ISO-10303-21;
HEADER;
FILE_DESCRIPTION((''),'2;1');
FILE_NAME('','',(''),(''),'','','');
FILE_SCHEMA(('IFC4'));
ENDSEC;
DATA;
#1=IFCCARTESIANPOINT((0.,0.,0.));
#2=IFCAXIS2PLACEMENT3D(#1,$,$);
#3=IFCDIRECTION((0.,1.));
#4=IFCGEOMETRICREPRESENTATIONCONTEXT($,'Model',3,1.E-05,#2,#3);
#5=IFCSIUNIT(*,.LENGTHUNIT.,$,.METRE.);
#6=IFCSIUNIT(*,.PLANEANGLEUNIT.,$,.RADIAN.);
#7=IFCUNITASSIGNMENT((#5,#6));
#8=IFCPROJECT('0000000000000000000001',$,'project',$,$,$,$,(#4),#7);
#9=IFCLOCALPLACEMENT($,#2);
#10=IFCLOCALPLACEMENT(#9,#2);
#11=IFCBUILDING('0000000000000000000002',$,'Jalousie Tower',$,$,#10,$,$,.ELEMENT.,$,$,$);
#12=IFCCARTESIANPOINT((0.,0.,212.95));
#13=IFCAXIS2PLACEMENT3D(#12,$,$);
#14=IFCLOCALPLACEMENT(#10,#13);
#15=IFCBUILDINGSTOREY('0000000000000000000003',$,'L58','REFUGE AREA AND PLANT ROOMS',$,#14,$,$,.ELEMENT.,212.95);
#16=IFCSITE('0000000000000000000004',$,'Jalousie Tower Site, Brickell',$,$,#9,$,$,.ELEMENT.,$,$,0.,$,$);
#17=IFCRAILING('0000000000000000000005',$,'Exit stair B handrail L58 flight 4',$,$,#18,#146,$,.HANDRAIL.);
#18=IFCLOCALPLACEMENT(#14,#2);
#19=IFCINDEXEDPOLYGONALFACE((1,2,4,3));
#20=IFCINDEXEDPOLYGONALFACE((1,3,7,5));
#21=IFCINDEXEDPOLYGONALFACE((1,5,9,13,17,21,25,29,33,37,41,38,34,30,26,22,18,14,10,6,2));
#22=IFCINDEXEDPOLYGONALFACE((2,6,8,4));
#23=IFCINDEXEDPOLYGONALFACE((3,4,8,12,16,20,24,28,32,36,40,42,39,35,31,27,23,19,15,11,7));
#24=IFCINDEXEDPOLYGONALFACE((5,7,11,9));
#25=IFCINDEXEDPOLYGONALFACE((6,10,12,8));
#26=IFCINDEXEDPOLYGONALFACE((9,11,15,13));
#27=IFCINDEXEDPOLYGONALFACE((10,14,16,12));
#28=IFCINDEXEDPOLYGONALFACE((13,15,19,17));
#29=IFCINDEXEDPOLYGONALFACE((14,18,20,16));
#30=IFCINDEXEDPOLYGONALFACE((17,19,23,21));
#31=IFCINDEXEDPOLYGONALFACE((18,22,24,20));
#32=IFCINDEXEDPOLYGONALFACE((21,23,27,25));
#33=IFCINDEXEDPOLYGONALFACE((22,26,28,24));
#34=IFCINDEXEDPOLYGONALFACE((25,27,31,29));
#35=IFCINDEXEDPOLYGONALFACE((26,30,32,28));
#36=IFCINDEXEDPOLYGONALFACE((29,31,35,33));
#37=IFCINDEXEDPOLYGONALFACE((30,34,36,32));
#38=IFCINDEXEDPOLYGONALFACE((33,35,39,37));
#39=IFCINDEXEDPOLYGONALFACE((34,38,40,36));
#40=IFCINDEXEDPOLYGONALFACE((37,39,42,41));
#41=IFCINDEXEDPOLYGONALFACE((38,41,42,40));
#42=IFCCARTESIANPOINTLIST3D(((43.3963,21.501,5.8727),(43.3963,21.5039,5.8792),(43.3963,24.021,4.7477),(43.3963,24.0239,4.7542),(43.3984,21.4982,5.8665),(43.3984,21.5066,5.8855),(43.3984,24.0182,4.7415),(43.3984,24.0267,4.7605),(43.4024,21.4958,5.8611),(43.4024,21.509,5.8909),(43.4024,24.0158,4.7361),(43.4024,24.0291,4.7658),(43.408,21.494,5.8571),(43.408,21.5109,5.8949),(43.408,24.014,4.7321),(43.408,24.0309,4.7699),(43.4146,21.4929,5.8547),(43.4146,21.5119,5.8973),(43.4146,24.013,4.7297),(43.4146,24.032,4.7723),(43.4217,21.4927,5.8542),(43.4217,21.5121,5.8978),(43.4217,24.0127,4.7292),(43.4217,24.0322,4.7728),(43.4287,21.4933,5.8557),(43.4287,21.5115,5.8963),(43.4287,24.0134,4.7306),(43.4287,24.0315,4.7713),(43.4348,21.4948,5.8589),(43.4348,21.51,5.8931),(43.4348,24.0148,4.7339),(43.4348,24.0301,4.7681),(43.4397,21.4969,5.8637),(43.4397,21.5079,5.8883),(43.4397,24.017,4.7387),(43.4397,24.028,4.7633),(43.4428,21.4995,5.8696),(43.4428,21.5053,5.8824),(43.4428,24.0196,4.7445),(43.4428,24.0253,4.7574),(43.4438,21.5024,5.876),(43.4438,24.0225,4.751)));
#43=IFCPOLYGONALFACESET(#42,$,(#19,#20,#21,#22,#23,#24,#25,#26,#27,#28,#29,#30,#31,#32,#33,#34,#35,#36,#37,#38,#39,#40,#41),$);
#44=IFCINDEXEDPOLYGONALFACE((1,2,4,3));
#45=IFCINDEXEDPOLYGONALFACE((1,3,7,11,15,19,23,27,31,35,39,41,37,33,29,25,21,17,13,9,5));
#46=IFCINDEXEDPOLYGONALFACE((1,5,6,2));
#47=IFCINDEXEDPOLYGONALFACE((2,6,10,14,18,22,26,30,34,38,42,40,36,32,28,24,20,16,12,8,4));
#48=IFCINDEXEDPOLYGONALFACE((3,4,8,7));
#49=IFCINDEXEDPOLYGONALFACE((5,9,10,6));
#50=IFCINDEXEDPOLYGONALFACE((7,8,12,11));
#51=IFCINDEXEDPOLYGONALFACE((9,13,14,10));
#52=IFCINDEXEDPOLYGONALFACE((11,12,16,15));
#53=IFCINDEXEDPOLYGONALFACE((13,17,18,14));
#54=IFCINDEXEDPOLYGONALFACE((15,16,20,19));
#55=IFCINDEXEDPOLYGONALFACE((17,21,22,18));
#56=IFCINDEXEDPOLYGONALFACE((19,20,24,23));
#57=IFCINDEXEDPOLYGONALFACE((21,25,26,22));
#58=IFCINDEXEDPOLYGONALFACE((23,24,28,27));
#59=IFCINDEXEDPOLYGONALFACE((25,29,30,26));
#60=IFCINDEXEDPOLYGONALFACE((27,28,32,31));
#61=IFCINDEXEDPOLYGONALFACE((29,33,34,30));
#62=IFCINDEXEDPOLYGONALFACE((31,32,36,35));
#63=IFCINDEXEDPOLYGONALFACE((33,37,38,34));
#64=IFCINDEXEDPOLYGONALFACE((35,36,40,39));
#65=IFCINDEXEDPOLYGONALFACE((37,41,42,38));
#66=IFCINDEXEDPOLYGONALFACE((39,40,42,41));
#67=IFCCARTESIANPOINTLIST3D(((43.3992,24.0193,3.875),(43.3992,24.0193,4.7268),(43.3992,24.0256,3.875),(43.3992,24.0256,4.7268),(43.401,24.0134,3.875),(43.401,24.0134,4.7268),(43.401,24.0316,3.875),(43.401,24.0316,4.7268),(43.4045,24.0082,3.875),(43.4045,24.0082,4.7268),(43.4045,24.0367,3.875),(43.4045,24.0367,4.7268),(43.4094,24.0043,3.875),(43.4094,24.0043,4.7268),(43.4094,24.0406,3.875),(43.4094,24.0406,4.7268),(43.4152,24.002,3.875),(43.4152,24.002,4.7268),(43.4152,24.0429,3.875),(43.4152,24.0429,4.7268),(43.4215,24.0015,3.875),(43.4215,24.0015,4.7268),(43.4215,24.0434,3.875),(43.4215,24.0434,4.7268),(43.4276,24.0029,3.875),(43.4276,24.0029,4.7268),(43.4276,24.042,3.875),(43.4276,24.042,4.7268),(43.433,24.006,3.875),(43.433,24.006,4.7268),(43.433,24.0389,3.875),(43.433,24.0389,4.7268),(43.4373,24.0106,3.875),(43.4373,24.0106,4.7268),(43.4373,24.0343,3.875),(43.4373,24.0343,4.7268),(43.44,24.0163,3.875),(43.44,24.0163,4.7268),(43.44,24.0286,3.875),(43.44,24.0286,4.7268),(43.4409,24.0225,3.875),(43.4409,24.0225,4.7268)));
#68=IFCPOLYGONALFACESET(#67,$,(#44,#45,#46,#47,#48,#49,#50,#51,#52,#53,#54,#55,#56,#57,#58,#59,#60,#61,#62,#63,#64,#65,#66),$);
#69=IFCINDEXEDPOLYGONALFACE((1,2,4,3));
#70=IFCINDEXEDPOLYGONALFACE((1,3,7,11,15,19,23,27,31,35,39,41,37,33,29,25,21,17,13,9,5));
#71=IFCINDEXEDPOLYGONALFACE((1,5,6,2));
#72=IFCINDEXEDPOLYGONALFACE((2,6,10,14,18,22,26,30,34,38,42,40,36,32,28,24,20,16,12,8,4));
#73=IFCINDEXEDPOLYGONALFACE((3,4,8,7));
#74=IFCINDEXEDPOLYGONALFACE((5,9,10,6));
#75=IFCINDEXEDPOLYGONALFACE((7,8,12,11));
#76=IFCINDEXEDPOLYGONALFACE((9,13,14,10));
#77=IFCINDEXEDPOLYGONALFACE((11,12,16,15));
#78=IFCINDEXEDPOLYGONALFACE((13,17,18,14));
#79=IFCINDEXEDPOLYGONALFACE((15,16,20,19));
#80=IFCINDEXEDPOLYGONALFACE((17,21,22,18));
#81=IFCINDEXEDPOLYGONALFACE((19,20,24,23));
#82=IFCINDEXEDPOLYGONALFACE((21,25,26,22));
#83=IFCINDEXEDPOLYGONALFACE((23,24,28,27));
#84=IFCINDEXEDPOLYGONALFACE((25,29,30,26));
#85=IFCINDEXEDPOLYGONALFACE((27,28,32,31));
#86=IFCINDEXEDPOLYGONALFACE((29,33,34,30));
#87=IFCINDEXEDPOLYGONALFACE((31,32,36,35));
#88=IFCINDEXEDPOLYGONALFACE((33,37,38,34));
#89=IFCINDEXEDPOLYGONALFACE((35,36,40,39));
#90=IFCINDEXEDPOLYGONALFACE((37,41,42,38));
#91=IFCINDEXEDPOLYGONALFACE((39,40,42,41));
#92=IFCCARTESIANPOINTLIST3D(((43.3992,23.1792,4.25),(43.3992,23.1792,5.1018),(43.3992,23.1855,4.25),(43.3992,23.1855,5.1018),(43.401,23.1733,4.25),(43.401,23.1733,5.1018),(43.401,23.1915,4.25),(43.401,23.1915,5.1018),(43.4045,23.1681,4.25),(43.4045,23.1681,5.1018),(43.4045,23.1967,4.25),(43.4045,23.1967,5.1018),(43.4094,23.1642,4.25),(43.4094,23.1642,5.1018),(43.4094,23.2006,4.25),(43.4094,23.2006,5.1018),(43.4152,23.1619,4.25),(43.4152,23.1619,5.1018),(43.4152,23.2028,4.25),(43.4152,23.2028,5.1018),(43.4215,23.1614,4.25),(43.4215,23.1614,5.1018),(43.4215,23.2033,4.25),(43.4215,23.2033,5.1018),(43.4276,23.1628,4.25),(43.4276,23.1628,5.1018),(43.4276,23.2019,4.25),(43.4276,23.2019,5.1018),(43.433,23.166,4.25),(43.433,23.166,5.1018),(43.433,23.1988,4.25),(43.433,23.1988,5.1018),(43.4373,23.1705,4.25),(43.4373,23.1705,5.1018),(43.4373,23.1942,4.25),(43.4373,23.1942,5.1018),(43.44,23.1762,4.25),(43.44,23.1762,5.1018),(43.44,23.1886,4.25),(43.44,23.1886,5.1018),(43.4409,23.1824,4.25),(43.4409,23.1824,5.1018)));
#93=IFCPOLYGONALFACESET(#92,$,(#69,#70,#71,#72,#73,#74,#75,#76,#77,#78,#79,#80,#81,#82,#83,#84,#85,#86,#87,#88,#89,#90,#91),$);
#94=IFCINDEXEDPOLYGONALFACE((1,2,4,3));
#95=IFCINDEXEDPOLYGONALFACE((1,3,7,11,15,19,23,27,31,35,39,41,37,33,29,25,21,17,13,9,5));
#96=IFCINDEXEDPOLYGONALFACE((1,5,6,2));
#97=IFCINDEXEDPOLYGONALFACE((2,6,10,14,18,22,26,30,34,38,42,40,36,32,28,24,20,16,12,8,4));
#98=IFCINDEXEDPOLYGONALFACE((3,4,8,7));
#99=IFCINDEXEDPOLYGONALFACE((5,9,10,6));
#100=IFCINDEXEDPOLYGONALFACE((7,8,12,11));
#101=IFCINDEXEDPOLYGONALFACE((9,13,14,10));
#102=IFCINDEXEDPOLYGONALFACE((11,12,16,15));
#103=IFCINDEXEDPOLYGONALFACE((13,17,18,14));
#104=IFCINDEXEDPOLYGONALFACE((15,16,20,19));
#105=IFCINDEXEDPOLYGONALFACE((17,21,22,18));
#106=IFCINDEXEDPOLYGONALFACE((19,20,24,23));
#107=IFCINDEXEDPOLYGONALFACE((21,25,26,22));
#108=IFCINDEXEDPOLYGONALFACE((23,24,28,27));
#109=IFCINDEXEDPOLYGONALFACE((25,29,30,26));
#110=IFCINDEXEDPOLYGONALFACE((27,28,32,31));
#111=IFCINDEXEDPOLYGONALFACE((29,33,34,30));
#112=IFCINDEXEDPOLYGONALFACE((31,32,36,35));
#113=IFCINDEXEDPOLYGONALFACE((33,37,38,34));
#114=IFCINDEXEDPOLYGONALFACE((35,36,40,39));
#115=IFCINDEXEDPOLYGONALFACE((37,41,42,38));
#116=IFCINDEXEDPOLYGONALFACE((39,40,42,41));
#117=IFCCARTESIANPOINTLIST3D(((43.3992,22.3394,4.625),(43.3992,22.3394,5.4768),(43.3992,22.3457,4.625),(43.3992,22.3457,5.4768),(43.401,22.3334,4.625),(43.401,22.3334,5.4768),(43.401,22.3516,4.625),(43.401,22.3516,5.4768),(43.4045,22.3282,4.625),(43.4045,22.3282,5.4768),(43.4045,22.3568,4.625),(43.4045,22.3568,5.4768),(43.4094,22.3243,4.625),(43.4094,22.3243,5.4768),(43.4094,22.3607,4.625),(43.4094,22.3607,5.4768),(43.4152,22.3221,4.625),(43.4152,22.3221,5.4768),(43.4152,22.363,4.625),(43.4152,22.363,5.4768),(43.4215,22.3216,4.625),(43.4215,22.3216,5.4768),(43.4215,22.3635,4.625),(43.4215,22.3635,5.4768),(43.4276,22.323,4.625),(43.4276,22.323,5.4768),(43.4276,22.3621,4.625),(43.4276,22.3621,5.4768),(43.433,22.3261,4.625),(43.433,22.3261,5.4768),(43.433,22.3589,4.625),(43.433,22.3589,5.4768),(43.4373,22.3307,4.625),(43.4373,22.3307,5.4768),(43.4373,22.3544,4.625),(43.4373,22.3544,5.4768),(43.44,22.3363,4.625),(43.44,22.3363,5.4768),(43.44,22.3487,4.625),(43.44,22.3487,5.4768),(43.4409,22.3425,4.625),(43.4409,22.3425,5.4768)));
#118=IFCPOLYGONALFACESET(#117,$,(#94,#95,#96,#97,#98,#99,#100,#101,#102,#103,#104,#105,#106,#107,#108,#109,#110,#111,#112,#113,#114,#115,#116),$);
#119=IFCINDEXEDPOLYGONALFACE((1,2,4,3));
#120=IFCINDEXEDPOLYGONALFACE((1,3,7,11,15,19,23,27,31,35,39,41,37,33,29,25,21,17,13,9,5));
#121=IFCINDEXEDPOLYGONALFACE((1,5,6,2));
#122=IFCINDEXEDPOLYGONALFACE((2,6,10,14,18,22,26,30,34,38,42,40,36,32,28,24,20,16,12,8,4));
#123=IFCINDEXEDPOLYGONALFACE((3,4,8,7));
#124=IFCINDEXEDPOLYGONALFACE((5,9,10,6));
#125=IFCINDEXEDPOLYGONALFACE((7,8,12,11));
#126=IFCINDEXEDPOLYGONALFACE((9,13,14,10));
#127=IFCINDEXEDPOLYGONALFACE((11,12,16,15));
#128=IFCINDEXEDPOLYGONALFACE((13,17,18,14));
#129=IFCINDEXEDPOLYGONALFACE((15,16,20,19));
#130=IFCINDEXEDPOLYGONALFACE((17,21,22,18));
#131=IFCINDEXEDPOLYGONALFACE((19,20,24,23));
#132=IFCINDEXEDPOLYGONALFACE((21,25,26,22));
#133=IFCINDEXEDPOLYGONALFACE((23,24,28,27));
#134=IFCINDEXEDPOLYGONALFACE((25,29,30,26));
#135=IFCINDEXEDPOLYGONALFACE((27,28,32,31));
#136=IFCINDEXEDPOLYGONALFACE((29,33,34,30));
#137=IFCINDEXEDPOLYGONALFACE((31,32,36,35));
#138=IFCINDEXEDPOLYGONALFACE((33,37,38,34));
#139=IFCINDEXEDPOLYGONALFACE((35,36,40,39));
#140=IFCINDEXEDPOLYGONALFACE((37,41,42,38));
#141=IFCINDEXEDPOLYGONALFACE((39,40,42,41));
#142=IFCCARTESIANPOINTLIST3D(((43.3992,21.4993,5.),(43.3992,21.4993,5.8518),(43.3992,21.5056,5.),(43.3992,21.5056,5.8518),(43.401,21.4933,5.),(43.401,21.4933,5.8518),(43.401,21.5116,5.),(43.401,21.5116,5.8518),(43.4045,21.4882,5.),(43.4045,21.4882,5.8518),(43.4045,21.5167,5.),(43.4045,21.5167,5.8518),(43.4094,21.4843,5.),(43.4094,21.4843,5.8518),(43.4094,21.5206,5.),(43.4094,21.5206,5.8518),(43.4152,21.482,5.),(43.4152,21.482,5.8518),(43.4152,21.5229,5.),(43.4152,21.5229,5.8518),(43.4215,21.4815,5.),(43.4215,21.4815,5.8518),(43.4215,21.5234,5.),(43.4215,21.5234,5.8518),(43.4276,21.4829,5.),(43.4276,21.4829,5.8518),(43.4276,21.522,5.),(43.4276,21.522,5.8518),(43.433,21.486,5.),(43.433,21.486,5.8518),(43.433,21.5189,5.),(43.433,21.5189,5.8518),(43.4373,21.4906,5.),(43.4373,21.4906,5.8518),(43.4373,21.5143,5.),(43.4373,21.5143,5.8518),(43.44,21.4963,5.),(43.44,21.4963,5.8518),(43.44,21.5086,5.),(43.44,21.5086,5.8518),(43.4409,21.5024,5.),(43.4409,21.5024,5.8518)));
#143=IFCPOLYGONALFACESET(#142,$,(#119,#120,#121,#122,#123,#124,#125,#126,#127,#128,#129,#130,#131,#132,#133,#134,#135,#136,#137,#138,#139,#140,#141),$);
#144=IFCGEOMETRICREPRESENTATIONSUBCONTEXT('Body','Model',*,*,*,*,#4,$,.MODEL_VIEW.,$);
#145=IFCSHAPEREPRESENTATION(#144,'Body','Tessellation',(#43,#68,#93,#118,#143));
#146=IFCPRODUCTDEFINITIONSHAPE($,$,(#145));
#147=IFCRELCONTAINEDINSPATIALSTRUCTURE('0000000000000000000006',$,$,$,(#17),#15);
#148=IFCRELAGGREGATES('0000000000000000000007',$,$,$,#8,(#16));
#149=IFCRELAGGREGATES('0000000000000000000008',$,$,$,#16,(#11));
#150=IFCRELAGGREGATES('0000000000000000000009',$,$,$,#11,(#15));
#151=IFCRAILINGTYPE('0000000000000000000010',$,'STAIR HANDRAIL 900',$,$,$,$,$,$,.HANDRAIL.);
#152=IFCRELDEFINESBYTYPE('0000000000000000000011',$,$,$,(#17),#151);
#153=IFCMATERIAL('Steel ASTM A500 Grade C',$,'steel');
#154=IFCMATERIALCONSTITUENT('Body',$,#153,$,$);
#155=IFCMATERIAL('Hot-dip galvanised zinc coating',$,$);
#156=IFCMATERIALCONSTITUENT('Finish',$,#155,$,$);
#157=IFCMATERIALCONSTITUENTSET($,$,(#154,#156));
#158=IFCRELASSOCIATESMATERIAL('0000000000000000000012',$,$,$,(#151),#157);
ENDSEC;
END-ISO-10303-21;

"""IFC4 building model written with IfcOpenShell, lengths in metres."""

from ifc_helpers import new_model, si_unit, direction, frame, origin, origin_2d, place, context, subcontext, project, spatial, circle, extrude, material, constituent, constituent_set, type_object, element, save


model = new_model("IFC4")

# Units and contexts
model_context = context("Model", 3, precision=1e-05, world=origin(), true_north=direction((0.0, 1.0)))
body_context = subcontext(model_context, "Body", "Model", "MODEL_VIEW")
ifc_project = project(units=[si_unit("LENGTHUNIT", "METRE"), si_unit("PLANEANGLEUNIT", "RADIAN")], contexts=[model_context])

# Site, building, storey
site_placement = place(None, origin())
site = spatial("IfcSite", under=ifc_project, at=site_placement, Name="Jalousie Tower Site, Brickell", CompositionType="ELEMENT", RefElevation=0.0)
building_placement = place(site_placement, origin())
building = spatial("IfcBuilding", under=site, at=building_placement, Name="Jalousie Tower", CompositionType="ELEMENT")
storey_placement = place(building_placement, frame((0.0, 0.0, 212.95)))
storey = spatial("IfcBuildingStorey", under=building, at=storey_placement, Name="L58", Description="REFUGE AREA AND PLANT ROOMS", CompositionType="ELEMENT", Elevation=212.95)

# Railing
ifc_material_1 = material(Name="Steel ASTM A500 Grade C", Category="steel")
ifc_constituent_1 = constituent(ifc_material_1, Name="Body")
ifc_material_2 = material(Name="Hot-dip galvanised zinc coating")
ifc_constituent_2 = constituent(ifc_material_2, Name="Finish")
ifc_constituent_set_1 = constituent_set(constituents=[ifc_constituent_1, ifc_constituent_2])
railing_type_1 = type_object("IfcRailingType", Name="STAIR HANDRAIL 900", PredefinedType="HANDRAIL", material=ifc_constituent_set_1)
railing_1_placement = place(storey_placement, frame((43.4199, 24.0225, 3.875)))
element("IfcRailing", 1, at=railing_1_placement, inside=storey, type_object=railing_type_1, Name="Exit stair B handrail L58 flight 4", PredefinedType="HANDRAIL", context=body_context, shape_type="SweptSolid", body=[
    extrude(circle(Radius=0.0239, at=origin_2d()), frame((0.0, 0.0, 0.876), z_axis=(0.0, -0.913139, 0.407648), x_axis=(1.0, 0.0, 0.0)), (0.0, 0.0, 1.0), 2.7598),
    extrude(circle(Radius=0.021, at=origin_2d()), origin(), (0.0, 0.0, 1.0), 0.8518),
    extrude(circle(Radius=0.021, at=origin_2d()), frame((0.0, -0.8401, 0.375)), (0.0, 0.0, 1.0), 0.8518),
    extrude(circle(Radius=0.021, at=origin_2d()), frame((0.0, -1.6799, 0.75)), (0.0, 0.0, 1.0), 0.8518),
    extrude(circle(Radius=0.021, at=origin_2d()), frame((0.0, -2.52, 1.125)), (0.0, 0.0, 1.0), 0.8518),
])

save(model, "model.ifc")
